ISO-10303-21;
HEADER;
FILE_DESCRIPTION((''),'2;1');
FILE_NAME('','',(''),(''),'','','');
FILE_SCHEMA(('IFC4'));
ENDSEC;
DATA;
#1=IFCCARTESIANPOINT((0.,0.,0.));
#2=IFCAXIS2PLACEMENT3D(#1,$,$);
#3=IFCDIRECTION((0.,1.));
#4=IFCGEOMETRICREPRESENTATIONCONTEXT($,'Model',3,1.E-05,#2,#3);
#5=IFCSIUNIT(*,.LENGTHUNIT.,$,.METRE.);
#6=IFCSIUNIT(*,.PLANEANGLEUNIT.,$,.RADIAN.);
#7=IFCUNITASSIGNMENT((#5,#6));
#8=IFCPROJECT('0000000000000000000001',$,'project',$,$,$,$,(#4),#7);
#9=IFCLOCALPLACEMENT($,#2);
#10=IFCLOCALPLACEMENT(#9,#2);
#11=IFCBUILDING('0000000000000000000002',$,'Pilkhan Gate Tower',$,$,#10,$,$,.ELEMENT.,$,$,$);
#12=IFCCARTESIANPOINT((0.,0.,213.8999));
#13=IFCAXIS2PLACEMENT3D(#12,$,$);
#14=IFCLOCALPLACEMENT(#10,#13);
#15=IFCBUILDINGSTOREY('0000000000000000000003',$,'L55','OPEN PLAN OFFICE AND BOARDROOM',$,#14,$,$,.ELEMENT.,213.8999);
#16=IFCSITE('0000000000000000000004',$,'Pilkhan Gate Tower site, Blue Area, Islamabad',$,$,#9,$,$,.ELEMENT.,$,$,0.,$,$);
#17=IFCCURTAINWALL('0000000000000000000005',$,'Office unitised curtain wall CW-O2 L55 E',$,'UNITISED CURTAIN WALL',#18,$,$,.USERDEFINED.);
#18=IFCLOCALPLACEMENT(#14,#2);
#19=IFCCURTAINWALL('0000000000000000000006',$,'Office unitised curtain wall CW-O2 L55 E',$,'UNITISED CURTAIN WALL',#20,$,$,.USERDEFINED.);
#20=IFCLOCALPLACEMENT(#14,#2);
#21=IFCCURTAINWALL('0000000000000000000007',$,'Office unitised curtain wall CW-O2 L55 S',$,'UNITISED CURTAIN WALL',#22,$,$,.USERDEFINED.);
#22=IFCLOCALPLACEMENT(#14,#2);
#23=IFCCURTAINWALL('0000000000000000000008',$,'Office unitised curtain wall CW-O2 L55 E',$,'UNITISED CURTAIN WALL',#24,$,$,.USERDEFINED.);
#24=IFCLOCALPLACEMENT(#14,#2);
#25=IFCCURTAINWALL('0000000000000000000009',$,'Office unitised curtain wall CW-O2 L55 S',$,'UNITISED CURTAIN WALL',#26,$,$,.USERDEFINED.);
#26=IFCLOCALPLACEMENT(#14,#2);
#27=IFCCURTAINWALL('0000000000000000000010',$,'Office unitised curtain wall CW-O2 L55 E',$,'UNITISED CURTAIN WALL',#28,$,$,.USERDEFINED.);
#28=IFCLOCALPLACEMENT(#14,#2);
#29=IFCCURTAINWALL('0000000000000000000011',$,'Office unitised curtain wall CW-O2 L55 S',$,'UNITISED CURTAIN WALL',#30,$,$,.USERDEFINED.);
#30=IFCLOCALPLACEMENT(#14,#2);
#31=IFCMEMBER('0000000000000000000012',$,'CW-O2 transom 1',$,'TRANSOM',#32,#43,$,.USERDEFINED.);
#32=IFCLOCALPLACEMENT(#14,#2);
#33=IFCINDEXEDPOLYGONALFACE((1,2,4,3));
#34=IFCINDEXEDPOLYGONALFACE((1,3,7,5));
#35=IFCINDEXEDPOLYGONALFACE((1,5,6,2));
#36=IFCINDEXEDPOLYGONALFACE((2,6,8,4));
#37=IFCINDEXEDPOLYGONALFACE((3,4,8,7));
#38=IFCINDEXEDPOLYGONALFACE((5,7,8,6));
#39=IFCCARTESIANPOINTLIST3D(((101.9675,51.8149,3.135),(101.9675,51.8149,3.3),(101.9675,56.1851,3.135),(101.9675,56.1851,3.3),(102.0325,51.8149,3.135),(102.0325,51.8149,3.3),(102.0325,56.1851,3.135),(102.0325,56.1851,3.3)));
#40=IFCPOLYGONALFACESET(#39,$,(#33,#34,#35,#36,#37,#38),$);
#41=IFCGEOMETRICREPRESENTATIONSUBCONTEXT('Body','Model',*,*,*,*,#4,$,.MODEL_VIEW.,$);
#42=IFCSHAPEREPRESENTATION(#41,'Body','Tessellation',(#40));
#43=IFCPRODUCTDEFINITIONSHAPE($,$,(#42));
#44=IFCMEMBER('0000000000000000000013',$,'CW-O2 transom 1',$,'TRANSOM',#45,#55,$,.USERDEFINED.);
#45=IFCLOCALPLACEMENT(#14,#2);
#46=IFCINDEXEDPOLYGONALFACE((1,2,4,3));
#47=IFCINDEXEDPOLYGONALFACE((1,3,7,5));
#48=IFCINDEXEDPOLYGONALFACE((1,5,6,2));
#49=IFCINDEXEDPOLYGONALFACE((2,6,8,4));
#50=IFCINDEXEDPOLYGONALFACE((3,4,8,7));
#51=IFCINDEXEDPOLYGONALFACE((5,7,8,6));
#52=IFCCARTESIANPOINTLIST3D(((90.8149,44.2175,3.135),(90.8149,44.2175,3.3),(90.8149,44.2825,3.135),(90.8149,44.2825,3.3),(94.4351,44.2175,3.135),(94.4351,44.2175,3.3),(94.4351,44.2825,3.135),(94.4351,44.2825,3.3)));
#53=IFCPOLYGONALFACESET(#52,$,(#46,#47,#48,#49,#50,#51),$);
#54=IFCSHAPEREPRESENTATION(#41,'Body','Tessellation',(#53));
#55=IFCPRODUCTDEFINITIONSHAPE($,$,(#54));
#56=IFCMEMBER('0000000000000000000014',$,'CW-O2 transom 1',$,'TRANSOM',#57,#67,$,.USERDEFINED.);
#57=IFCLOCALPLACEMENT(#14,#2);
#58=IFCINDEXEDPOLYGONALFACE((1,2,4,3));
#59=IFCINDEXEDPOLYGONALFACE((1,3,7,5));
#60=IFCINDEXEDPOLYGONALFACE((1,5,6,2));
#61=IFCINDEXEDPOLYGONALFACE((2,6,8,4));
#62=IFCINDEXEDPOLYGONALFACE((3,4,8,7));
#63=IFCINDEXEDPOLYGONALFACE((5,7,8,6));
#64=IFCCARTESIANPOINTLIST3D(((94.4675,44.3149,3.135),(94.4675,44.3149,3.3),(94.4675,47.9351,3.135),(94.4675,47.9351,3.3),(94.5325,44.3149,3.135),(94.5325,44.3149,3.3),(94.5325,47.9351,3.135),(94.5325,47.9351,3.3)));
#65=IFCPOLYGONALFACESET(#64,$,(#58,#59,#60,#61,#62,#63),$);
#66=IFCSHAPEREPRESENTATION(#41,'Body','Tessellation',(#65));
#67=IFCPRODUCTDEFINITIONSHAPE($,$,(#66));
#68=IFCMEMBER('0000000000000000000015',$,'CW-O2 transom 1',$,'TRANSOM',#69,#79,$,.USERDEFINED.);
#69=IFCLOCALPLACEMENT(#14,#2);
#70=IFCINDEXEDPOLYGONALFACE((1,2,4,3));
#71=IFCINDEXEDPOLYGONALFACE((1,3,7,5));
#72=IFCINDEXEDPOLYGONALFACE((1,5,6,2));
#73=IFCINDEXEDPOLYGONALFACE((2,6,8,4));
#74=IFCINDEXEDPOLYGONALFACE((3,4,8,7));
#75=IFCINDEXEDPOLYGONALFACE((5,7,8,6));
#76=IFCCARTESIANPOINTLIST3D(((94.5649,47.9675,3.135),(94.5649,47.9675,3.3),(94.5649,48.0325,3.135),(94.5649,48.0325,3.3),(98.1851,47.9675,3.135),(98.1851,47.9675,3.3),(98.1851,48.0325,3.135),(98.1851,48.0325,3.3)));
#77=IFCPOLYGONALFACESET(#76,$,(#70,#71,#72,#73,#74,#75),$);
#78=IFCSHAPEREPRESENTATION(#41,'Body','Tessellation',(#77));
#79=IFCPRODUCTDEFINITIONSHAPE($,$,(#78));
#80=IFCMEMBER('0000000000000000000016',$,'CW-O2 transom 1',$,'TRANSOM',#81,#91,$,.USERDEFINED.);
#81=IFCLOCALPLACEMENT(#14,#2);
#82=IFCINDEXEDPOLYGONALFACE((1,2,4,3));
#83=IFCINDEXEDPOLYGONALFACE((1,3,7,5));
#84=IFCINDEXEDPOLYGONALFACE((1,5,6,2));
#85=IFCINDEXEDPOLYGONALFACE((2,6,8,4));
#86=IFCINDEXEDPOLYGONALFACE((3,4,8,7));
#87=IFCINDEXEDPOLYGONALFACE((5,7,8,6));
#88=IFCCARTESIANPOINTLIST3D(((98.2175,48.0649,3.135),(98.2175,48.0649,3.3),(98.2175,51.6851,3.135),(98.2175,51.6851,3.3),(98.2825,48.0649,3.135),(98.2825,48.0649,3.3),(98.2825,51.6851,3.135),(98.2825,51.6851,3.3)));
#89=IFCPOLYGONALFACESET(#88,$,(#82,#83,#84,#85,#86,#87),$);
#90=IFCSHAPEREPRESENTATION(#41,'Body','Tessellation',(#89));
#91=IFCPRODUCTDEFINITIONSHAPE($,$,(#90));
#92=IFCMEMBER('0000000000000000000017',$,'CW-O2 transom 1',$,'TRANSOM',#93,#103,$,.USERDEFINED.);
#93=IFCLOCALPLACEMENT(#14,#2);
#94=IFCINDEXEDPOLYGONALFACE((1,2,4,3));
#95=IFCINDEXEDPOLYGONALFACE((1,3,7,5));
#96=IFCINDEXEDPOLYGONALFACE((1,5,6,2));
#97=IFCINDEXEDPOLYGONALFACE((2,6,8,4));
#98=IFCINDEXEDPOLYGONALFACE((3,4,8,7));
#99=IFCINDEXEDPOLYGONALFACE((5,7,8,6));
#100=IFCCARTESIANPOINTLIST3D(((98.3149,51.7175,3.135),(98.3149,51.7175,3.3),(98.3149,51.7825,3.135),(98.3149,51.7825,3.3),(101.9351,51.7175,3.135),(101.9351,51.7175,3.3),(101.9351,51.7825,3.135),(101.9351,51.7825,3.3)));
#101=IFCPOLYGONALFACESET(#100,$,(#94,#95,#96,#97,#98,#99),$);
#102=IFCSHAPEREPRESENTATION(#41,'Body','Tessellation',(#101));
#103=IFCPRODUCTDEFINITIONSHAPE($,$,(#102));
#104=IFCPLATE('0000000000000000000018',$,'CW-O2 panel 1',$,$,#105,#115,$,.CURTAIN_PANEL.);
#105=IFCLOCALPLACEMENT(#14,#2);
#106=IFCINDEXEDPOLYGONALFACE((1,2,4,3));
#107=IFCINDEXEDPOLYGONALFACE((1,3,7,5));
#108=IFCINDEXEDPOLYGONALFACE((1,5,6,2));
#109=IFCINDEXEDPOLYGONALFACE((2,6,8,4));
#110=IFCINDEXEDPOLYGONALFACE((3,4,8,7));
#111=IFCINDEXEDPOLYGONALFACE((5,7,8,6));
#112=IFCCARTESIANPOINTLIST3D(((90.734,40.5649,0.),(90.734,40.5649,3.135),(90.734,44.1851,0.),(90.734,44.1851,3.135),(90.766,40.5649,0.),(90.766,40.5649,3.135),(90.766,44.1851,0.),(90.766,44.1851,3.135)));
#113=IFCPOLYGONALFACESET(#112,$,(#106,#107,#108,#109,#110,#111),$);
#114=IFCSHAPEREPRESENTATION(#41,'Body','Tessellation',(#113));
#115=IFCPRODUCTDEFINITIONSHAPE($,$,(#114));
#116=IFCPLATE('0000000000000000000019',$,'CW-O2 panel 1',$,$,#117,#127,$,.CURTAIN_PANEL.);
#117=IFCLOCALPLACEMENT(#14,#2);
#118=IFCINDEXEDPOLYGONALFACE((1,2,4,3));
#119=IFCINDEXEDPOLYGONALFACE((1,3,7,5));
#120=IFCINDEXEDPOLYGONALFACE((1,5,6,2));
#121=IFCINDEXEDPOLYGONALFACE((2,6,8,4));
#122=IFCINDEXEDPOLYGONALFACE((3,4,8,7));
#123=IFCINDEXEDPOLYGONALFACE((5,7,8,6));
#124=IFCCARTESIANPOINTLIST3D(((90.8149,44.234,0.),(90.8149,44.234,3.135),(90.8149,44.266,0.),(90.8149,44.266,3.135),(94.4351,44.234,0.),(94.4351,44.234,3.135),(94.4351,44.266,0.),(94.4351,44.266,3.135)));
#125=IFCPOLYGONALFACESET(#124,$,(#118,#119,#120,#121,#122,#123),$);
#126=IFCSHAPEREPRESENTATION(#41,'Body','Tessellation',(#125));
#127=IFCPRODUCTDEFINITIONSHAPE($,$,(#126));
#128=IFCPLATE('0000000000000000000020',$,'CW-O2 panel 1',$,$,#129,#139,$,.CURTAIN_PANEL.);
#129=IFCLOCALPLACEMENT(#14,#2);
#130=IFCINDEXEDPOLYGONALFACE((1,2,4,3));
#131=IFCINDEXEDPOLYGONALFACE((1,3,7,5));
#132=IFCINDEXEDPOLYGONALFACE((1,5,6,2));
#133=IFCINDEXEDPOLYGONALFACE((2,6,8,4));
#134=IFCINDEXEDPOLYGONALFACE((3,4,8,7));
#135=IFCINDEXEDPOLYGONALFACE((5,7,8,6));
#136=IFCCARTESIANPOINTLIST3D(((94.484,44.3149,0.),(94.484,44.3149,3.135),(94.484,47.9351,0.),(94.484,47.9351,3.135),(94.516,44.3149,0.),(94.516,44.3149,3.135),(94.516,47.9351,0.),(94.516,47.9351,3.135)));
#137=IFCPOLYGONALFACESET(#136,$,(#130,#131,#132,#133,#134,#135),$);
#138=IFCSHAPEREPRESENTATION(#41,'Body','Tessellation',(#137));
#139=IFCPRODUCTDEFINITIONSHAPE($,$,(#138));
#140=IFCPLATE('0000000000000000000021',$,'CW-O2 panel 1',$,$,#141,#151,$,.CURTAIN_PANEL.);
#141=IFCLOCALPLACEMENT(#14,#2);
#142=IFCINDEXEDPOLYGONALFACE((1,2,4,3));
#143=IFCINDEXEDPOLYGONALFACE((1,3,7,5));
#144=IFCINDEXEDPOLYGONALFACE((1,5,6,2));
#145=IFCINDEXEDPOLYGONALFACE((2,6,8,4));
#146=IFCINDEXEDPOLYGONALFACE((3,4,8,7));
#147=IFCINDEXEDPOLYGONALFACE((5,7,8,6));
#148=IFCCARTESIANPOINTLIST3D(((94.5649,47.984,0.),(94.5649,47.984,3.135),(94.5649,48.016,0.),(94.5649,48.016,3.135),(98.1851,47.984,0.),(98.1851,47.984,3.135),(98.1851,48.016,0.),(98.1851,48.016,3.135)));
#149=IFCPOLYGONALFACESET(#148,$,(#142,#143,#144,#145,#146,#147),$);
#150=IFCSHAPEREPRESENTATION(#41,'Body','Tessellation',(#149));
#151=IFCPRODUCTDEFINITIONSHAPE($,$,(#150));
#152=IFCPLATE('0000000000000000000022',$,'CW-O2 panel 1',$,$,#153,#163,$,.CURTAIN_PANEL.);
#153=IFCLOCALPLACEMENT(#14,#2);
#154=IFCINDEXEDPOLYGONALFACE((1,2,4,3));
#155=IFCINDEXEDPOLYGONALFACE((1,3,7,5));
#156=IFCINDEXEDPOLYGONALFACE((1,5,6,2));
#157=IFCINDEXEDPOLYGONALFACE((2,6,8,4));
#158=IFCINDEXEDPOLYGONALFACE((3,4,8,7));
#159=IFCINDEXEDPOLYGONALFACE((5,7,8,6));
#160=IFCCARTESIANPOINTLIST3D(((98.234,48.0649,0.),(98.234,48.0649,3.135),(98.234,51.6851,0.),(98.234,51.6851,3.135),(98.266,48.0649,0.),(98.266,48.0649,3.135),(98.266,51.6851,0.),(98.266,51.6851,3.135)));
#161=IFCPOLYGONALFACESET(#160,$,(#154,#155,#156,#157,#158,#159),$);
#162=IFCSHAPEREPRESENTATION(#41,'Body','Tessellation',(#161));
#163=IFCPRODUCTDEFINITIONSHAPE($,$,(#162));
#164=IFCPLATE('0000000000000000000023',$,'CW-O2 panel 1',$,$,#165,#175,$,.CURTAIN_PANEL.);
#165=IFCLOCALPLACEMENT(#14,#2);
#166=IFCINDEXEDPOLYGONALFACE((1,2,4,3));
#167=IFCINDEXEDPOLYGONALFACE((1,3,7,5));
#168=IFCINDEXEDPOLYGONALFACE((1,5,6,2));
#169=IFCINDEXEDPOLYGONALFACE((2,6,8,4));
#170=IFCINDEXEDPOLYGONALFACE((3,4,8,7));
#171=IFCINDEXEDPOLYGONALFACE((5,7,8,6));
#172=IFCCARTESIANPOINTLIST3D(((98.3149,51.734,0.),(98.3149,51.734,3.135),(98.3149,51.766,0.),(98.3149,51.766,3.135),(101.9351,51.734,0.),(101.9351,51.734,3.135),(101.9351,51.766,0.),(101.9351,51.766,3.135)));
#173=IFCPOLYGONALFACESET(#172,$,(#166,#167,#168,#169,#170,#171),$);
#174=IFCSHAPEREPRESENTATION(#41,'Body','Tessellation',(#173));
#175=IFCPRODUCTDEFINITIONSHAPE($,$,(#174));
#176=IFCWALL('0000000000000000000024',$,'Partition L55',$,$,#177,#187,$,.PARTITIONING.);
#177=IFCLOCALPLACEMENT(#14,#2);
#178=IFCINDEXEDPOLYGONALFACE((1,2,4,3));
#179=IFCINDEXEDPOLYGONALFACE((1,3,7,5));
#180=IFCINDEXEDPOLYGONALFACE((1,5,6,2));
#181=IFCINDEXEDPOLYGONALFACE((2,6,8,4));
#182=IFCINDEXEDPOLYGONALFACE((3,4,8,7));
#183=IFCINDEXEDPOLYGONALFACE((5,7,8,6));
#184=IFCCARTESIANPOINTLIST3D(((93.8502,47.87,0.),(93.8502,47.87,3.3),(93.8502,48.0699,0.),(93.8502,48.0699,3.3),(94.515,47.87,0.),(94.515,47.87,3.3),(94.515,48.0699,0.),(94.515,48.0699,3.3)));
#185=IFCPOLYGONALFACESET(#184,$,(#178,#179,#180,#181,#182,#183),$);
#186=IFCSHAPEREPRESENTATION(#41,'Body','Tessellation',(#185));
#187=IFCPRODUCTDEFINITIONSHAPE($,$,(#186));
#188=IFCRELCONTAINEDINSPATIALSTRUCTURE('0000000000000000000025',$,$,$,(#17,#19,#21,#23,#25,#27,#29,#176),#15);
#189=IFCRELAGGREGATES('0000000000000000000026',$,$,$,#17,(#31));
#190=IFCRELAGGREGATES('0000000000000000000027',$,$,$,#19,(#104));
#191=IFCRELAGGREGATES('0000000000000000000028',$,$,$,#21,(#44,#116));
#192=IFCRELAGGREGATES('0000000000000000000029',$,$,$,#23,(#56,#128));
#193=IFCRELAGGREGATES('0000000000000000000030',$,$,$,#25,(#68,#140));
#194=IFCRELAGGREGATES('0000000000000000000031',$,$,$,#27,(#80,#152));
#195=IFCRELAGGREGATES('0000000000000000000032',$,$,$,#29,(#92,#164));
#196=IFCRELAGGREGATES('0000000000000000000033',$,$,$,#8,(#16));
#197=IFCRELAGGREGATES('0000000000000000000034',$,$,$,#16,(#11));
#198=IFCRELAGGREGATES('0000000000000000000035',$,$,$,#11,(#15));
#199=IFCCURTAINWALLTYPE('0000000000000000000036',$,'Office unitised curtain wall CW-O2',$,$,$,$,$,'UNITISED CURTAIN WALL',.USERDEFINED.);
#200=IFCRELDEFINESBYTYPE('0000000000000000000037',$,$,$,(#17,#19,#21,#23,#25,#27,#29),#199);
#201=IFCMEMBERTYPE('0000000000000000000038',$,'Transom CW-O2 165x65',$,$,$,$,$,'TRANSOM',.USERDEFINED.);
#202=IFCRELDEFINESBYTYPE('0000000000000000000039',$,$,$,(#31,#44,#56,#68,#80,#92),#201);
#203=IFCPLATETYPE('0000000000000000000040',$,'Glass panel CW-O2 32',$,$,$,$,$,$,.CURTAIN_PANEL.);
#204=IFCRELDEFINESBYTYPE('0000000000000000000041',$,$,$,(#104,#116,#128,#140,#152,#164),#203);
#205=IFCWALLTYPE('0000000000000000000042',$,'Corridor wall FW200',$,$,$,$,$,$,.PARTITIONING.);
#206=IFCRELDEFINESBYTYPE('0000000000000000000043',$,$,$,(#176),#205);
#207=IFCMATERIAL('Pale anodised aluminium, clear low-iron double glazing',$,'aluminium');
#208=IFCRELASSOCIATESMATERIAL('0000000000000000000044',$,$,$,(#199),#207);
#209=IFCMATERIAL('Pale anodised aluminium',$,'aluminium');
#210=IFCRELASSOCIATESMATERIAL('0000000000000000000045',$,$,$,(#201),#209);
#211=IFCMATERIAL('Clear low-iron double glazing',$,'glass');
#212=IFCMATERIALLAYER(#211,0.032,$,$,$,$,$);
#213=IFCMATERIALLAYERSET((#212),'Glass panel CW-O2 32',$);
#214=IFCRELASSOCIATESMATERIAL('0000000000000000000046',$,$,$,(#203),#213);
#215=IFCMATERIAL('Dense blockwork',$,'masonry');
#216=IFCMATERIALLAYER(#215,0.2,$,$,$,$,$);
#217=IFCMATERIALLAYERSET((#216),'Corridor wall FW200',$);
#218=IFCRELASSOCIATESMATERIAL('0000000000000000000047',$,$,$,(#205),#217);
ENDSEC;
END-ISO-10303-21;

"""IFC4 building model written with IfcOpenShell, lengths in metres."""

from ifc_helpers import new_model, si_unit, direction, frame, frame_2d, origin, origin_2d, place, context, subcontext, project, spatial, rectangle, extrude, material, layer, layer_set, material_profile, profile_set, type_object, element, aggregate, save


model = new_model("IFC4")

# Units and contexts
model_context = context("Model", 3, precision=1e-05, world=origin(), true_north=direction((0.0, 1.0)))
body_context = subcontext(model_context, "Body", "Model", "MODEL_VIEW")
ifc_project = project(units=[si_unit("LENGTHUNIT", "METRE"), si_unit("PLANEANGLEUNIT", "RADIAN")], contexts=[model_context])

# Site, building, storey
site_placement = place(None, origin())
site = spatial("IfcSite", under=ifc_project, at=site_placement, Name="Pilkhan Gate Tower site, Blue Area, Islamabad", CompositionType="ELEMENT", RefElevation=0.0)
building_placement = place(site_placement, origin())
building = spatial("IfcBuilding", under=site, at=building_placement, Name="Pilkhan Gate Tower", CompositionType="ELEMENT")
storey_placement = place(building_placement, frame((0.0, 0.0, 213.8999)))
storey = spatial("IfcBuildingStorey", under=building, at=storey_placement, Name="L55", Description="OPEN PLAN OFFICE AND BOARDROOM", CompositionType="ELEMENT", Elevation=213.8999)

# Curtain walls
ifc_material_1 = material(Name="Pale anodised aluminium, clear low-iron double glazing", Category="aluminium")
curtain_wall_type = type_object("IfcCurtainWallType", Name="Office unitised curtain wall CW-O2", ElementType="UNITISED CURTAIN WALL", PredefinedType="USERDEFINED", material=ifc_material_1)
curtain_wall_1_placement = place(storey_placement, origin())
curtain_wall_1 = element("IfcCurtainWall", 1, at=curtain_wall_1_placement, inside=storey, type_object=curtain_wall_type, Name="Office unitised curtain wall CW-O2 L55 E", ObjectType="UNITISED CURTAIN WALL", PredefinedType="USERDEFINED")
ifc_material_2 = material(Name="Pale anodised aluminium", Category="aluminium")
curtain_wall_2_placement = place(storey_placement, origin())
curtain_wall_2 = element("IfcCurtainWall", 2, at=curtain_wall_2_placement, inside=storey, type_object=curtain_wall_type, Name="Office unitised curtain wall CW-O2 L55 E", ObjectType="UNITISED CURTAIN WALL", PredefinedType="USERDEFINED")

# Curtain walls
curtain_wall_3_placement = place(storey_placement, origin())
curtain_wall_3 = element("IfcCurtainWall", 3, at=curtain_wall_3_placement, inside=storey, type_object=curtain_wall_type, Name="Office unitised curtain wall CW-O2 L55 S", ObjectType="UNITISED CURTAIN WALL", PredefinedType="USERDEFINED")
curtain_wall_4_placement = place(storey_placement, origin())
curtain_wall_4 = element("IfcCurtainWall", 4, at=curtain_wall_4_placement, inside=storey, type_object=curtain_wall_type, Name="Office unitised curtain wall CW-O2 L55 E", ObjectType="UNITISED CURTAIN WALL", PredefinedType="USERDEFINED")
curtain_wall_5_placement = place(storey_placement, origin())
curtain_wall_5 = element("IfcCurtainWall", 5, at=curtain_wall_5_placement, inside=storey, type_object=curtain_wall_type, Name="Office unitised curtain wall CW-O2 L55 S", ObjectType="UNITISED CURTAIN WALL", PredefinedType="USERDEFINED")
curtain_wall_6_placement = place(storey_placement, origin())
curtain_wall_6 = element("IfcCurtainWall", 6, at=curtain_wall_6_placement, inside=storey, type_object=curtain_wall_type, Name="Office unitised curtain wall CW-O2 L55 E", ObjectType="UNITISED CURTAIN WALL", PredefinedType="USERDEFINED")
curtain_wall_7_placement = place(storey_placement, origin())
curtain_wall_7 = element("IfcCurtainWall", 7, at=curtain_wall_7_placement, inside=storey, type_object=curtain_wall_type, Name="Office unitised curtain wall CW-O2 L55 S", ObjectType="UNITISED CURTAIN WALL", PredefinedType="USERDEFINED")

# Members
ifc_material_profile_1 = material_profile(ifc_material_2, rectangle(XDim=0.0649, YDim=0.165, at=origin_2d()), Name="Transom 165x65")
ifc_profile_set_1 = profile_set([ifc_material_profile_1], Name="Pale anodised aluminium")
member_type_1 = type_object("IfcMemberType", Name="Transom CW-O2 165x65", ElementType="TRANSOM", PredefinedType="USERDEFINED", material=ifc_profile_set_1)
member_1_placement = place(storey_placement, frame((102.0, 51.8149, 3.2175), z_axis=(0.0, 1.0, 0.0), x_axis=(-1.0, 0.0, 0.0)))
member_1 = element("IfcMember", 8, at=member_1_placement, type_object=member_type_1, Name="CW-O2 transom 1", ObjectType="TRANSOM", PredefinedType="USERDEFINED", context=body_context, shape_type="SweptSolid", body=[
    extrude(rectangle(XDim=0.0649, YDim=0.165, at=origin_2d()), origin(), (0.0, 0.0, 1.0), 4.3701),
])
aggregate(curtain_wall_1, [member_1])
member_2_placement = place(storey_placement, frame((90.8149, 44.25, 3.2175), z_axis=(1.0, 0.0, 0.0), x_axis=(0.0, 1.0, 0.0)))
member_2 = element("IfcMember", 9, at=member_2_placement, type_object=member_type_1, Name="CW-O2 transom 1", ObjectType="TRANSOM", PredefinedType="USERDEFINED", context=body_context, shape_type="SweptSolid", body=[
    extrude(rectangle(XDim=0.0649, YDim=0.165, at=origin_2d()), origin(), (0.0, 0.0, 1.0), 3.6201),
])
member_3_placement = place(storey_placement, frame((94.5, 44.3149, 3.2175), z_axis=(0.0, 1.0, 0.0), x_axis=(-1.0, 0.0, 0.0)))
member_3 = element("IfcMember", 10, at=member_3_placement, type_object=member_type_1, Name="CW-O2 transom 1", ObjectType="TRANSOM", PredefinedType="USERDEFINED", context=body_context, shape_type="SweptSolid", body=[
    extrude(rectangle(XDim=0.0649, YDim=0.165, at=origin_2d()), origin(), (0.0, 0.0, 1.0), 3.6201),
])
member_4_placement = place(storey_placement, frame((94.5649, 48.0, 3.2175), z_axis=(1.0, 0.0, 0.0), x_axis=(0.0, 1.0, 0.0)))
member_4 = element("IfcMember", 11, at=member_4_placement, type_object=member_type_1, Name="CW-O2 transom 1", ObjectType="TRANSOM", PredefinedType="USERDEFINED", context=body_context, shape_type="SweptSolid", body=[
    extrude(rectangle(XDim=0.0649, YDim=0.165, at=origin_2d()), origin(), (0.0, 0.0, 1.0), 3.6201),
])
member_5_placement = place(storey_placement, frame((98.25, 48.0649, 3.2175), z_axis=(0.0, 1.0, 0.0), x_axis=(-1.0, 0.0, 0.0)))
member_5 = element("IfcMember", 12, at=member_5_placement, type_object=member_type_1, Name="CW-O2 transom 1", ObjectType="TRANSOM", PredefinedType="USERDEFINED", context=body_context, shape_type="SweptSolid", body=[
    extrude(rectangle(XDim=0.0649, YDim=0.165, at=origin_2d()), origin(), (0.0, 0.0, 1.0), 3.6201),
])
member_6_placement = place(storey_placement, frame((98.3149, 51.75, 3.2175), z_axis=(1.0, 0.0, 0.0), x_axis=(0.0, 1.0, 0.0)))
member_6 = element("IfcMember", 13, at=member_6_placement, type_object=member_type_1, Name="CW-O2 transom 1", ObjectType="TRANSOM", PredefinedType="USERDEFINED", context=body_context, shape_type="SweptSolid", body=[
    extrude(rectangle(XDim=0.0649, YDim=0.165, at=origin_2d()), origin(), (0.0, 0.0, 1.0), 3.6201),
])

# Plates
ifc_material_3 = material(Name="Clear low-iron double glazing", Category="glass")
ifc_layer_1 = layer(ifc_material_3, 0.032)
ifc_layer_set_1 = layer_set([ifc_layer_1], Name="Glass panel CW-O2 32")
plate_type = type_object("IfcPlateType", Name="Glass panel CW-O2 32", PredefinedType="CURTAIN_PANEL", material=ifc_layer_set_1)
plate_1_placement = place(storey_placement, frame((90.75, 42.375, 0.0), z_axis=(0.0, 0.0, 1.0), x_axis=(0.0, 1.0, 0.0)))
plate_1 = element("IfcPlate", 14, at=plate_1_placement, type_object=plate_type, Name="CW-O2 panel 1", PredefinedType="CURTAIN_PANEL", context=body_context, shape_type="SweptSolid", body=[
    extrude(rectangle(XDim=3.6201, YDim=0.032, at=origin_2d()), origin(), (0.0, 0.0, 1.0), 3.135),
])
aggregate(curtain_wall_2, [plate_1])
plate_2_placement = place(storey_placement, frame((92.625, 44.25, 0.0), z_axis=(0.0, 0.0, 1.0), x_axis=(1.0, 0.0, 0.0)))
plate_2 = element("IfcPlate", 15, at=plate_2_placement, type_object=plate_type, Name="CW-O2 panel 1", PredefinedType="CURTAIN_PANEL", context=body_context, shape_type="SweptSolid", body=[
    extrude(rectangle(XDim=3.6201, YDim=0.032, at=origin_2d()), origin(), (0.0, 0.0, 1.0), 3.135),
])
aggregate(curtain_wall_3, [member_2, plate_2])
plate_3_placement = place(storey_placement, frame((94.5, 46.125, 0.0), z_axis=(0.0, 0.0, 1.0), x_axis=(0.0, 1.0, 0.0)))
plate_3 = element("IfcPlate", 16, at=plate_3_placement, type_object=plate_type, Name="CW-O2 panel 1", PredefinedType="CURTAIN_PANEL", context=body_context, shape_type="SweptSolid", body=[
    extrude(rectangle(XDim=3.6201, YDim=0.032, at=origin_2d()), origin(), (0.0, 0.0, 1.0), 3.135),
])
aggregate(curtain_wall_4, [member_3, plate_3])
plate_4_placement = place(storey_placement, frame((96.375, 48.0, 0.0), z_axis=(0.0, 0.0, 1.0), x_axis=(1.0, 0.0, 0.0)))
plate_4 = element("IfcPlate", 17, at=plate_4_placement, type_object=plate_type, Name="CW-O2 panel 1", PredefinedType="CURTAIN_PANEL", context=body_context, shape_type="SweptSolid", body=[
    extrude(rectangle(XDim=3.6201, YDim=0.032, at=origin_2d()), origin(), (0.0, 0.0, 1.0), 3.135),
])
aggregate(curtain_wall_5, [member_4, plate_4])
plate_5_placement = place(storey_placement, frame((98.25, 49.875, 0.0), z_axis=(0.0, 0.0, 1.0), x_axis=(0.0, 1.0, 0.0)))
plate_5 = element("IfcPlate", 18, at=plate_5_placement, type_object=plate_type, Name="CW-O2 panel 1", PredefinedType="CURTAIN_PANEL", context=body_context, shape_type="SweptSolid", body=[
    extrude(rectangle(XDim=3.6201, YDim=0.032, at=origin_2d()), origin(), (0.0, 0.0, 1.0), 3.135),
])
aggregate(curtain_wall_6, [member_5, plate_5])
plate_6_placement = place(storey_placement, frame((100.125, 51.75, 0.0), z_axis=(0.0, 0.0, 1.0), x_axis=(1.0, 0.0, 0.0)))
plate_6 = element("IfcPlate", 19, at=plate_6_placement, type_object=plate_type, Name="CW-O2 panel 1", PredefinedType="CURTAIN_PANEL", context=body_context, shape_type="SweptSolid", body=[
    extrude(rectangle(XDim=3.6201, YDim=0.032, at=origin_2d()), origin(), (0.0, 0.0, 1.0), 3.135),
])
aggregate(curtain_wall_7, [member_6, plate_6])

# Wall
ifc_material_4 = material(Name="Dense blockwork", Category="masonry")
ifc_layer_2 = layer(ifc_material_4, 0.2)
ifc_layer_set_2 = layer_set([ifc_layer_2], Name="Corridor wall FW200")
wall_type = type_object("IfcWallType", Name="Corridor wall FW200", PredefinedType="PARTITIONING", material=ifc_layer_set_2)
wall_1_placement = place(storey_placement, frame((93.8501, 47.97, 0.0), z_axis=(0.0, 0.0, 1.0), x_axis=(1.0, 0.0, 0.0)))
element("IfcWall", 20, at=wall_1_placement, inside=storey, type_object=wall_type, Name="Partition L55", PredefinedType="PARTITIONING", context=body_context, shape_type="SweptSolid", body=[
    extrude(rectangle(XDim=0.6648, YDim=0.2, at=frame_2d((0.3325, 0.0))), origin(), (0.0, 0.0, 1.0), 3.3),
])

save(model, "model.ifc")
